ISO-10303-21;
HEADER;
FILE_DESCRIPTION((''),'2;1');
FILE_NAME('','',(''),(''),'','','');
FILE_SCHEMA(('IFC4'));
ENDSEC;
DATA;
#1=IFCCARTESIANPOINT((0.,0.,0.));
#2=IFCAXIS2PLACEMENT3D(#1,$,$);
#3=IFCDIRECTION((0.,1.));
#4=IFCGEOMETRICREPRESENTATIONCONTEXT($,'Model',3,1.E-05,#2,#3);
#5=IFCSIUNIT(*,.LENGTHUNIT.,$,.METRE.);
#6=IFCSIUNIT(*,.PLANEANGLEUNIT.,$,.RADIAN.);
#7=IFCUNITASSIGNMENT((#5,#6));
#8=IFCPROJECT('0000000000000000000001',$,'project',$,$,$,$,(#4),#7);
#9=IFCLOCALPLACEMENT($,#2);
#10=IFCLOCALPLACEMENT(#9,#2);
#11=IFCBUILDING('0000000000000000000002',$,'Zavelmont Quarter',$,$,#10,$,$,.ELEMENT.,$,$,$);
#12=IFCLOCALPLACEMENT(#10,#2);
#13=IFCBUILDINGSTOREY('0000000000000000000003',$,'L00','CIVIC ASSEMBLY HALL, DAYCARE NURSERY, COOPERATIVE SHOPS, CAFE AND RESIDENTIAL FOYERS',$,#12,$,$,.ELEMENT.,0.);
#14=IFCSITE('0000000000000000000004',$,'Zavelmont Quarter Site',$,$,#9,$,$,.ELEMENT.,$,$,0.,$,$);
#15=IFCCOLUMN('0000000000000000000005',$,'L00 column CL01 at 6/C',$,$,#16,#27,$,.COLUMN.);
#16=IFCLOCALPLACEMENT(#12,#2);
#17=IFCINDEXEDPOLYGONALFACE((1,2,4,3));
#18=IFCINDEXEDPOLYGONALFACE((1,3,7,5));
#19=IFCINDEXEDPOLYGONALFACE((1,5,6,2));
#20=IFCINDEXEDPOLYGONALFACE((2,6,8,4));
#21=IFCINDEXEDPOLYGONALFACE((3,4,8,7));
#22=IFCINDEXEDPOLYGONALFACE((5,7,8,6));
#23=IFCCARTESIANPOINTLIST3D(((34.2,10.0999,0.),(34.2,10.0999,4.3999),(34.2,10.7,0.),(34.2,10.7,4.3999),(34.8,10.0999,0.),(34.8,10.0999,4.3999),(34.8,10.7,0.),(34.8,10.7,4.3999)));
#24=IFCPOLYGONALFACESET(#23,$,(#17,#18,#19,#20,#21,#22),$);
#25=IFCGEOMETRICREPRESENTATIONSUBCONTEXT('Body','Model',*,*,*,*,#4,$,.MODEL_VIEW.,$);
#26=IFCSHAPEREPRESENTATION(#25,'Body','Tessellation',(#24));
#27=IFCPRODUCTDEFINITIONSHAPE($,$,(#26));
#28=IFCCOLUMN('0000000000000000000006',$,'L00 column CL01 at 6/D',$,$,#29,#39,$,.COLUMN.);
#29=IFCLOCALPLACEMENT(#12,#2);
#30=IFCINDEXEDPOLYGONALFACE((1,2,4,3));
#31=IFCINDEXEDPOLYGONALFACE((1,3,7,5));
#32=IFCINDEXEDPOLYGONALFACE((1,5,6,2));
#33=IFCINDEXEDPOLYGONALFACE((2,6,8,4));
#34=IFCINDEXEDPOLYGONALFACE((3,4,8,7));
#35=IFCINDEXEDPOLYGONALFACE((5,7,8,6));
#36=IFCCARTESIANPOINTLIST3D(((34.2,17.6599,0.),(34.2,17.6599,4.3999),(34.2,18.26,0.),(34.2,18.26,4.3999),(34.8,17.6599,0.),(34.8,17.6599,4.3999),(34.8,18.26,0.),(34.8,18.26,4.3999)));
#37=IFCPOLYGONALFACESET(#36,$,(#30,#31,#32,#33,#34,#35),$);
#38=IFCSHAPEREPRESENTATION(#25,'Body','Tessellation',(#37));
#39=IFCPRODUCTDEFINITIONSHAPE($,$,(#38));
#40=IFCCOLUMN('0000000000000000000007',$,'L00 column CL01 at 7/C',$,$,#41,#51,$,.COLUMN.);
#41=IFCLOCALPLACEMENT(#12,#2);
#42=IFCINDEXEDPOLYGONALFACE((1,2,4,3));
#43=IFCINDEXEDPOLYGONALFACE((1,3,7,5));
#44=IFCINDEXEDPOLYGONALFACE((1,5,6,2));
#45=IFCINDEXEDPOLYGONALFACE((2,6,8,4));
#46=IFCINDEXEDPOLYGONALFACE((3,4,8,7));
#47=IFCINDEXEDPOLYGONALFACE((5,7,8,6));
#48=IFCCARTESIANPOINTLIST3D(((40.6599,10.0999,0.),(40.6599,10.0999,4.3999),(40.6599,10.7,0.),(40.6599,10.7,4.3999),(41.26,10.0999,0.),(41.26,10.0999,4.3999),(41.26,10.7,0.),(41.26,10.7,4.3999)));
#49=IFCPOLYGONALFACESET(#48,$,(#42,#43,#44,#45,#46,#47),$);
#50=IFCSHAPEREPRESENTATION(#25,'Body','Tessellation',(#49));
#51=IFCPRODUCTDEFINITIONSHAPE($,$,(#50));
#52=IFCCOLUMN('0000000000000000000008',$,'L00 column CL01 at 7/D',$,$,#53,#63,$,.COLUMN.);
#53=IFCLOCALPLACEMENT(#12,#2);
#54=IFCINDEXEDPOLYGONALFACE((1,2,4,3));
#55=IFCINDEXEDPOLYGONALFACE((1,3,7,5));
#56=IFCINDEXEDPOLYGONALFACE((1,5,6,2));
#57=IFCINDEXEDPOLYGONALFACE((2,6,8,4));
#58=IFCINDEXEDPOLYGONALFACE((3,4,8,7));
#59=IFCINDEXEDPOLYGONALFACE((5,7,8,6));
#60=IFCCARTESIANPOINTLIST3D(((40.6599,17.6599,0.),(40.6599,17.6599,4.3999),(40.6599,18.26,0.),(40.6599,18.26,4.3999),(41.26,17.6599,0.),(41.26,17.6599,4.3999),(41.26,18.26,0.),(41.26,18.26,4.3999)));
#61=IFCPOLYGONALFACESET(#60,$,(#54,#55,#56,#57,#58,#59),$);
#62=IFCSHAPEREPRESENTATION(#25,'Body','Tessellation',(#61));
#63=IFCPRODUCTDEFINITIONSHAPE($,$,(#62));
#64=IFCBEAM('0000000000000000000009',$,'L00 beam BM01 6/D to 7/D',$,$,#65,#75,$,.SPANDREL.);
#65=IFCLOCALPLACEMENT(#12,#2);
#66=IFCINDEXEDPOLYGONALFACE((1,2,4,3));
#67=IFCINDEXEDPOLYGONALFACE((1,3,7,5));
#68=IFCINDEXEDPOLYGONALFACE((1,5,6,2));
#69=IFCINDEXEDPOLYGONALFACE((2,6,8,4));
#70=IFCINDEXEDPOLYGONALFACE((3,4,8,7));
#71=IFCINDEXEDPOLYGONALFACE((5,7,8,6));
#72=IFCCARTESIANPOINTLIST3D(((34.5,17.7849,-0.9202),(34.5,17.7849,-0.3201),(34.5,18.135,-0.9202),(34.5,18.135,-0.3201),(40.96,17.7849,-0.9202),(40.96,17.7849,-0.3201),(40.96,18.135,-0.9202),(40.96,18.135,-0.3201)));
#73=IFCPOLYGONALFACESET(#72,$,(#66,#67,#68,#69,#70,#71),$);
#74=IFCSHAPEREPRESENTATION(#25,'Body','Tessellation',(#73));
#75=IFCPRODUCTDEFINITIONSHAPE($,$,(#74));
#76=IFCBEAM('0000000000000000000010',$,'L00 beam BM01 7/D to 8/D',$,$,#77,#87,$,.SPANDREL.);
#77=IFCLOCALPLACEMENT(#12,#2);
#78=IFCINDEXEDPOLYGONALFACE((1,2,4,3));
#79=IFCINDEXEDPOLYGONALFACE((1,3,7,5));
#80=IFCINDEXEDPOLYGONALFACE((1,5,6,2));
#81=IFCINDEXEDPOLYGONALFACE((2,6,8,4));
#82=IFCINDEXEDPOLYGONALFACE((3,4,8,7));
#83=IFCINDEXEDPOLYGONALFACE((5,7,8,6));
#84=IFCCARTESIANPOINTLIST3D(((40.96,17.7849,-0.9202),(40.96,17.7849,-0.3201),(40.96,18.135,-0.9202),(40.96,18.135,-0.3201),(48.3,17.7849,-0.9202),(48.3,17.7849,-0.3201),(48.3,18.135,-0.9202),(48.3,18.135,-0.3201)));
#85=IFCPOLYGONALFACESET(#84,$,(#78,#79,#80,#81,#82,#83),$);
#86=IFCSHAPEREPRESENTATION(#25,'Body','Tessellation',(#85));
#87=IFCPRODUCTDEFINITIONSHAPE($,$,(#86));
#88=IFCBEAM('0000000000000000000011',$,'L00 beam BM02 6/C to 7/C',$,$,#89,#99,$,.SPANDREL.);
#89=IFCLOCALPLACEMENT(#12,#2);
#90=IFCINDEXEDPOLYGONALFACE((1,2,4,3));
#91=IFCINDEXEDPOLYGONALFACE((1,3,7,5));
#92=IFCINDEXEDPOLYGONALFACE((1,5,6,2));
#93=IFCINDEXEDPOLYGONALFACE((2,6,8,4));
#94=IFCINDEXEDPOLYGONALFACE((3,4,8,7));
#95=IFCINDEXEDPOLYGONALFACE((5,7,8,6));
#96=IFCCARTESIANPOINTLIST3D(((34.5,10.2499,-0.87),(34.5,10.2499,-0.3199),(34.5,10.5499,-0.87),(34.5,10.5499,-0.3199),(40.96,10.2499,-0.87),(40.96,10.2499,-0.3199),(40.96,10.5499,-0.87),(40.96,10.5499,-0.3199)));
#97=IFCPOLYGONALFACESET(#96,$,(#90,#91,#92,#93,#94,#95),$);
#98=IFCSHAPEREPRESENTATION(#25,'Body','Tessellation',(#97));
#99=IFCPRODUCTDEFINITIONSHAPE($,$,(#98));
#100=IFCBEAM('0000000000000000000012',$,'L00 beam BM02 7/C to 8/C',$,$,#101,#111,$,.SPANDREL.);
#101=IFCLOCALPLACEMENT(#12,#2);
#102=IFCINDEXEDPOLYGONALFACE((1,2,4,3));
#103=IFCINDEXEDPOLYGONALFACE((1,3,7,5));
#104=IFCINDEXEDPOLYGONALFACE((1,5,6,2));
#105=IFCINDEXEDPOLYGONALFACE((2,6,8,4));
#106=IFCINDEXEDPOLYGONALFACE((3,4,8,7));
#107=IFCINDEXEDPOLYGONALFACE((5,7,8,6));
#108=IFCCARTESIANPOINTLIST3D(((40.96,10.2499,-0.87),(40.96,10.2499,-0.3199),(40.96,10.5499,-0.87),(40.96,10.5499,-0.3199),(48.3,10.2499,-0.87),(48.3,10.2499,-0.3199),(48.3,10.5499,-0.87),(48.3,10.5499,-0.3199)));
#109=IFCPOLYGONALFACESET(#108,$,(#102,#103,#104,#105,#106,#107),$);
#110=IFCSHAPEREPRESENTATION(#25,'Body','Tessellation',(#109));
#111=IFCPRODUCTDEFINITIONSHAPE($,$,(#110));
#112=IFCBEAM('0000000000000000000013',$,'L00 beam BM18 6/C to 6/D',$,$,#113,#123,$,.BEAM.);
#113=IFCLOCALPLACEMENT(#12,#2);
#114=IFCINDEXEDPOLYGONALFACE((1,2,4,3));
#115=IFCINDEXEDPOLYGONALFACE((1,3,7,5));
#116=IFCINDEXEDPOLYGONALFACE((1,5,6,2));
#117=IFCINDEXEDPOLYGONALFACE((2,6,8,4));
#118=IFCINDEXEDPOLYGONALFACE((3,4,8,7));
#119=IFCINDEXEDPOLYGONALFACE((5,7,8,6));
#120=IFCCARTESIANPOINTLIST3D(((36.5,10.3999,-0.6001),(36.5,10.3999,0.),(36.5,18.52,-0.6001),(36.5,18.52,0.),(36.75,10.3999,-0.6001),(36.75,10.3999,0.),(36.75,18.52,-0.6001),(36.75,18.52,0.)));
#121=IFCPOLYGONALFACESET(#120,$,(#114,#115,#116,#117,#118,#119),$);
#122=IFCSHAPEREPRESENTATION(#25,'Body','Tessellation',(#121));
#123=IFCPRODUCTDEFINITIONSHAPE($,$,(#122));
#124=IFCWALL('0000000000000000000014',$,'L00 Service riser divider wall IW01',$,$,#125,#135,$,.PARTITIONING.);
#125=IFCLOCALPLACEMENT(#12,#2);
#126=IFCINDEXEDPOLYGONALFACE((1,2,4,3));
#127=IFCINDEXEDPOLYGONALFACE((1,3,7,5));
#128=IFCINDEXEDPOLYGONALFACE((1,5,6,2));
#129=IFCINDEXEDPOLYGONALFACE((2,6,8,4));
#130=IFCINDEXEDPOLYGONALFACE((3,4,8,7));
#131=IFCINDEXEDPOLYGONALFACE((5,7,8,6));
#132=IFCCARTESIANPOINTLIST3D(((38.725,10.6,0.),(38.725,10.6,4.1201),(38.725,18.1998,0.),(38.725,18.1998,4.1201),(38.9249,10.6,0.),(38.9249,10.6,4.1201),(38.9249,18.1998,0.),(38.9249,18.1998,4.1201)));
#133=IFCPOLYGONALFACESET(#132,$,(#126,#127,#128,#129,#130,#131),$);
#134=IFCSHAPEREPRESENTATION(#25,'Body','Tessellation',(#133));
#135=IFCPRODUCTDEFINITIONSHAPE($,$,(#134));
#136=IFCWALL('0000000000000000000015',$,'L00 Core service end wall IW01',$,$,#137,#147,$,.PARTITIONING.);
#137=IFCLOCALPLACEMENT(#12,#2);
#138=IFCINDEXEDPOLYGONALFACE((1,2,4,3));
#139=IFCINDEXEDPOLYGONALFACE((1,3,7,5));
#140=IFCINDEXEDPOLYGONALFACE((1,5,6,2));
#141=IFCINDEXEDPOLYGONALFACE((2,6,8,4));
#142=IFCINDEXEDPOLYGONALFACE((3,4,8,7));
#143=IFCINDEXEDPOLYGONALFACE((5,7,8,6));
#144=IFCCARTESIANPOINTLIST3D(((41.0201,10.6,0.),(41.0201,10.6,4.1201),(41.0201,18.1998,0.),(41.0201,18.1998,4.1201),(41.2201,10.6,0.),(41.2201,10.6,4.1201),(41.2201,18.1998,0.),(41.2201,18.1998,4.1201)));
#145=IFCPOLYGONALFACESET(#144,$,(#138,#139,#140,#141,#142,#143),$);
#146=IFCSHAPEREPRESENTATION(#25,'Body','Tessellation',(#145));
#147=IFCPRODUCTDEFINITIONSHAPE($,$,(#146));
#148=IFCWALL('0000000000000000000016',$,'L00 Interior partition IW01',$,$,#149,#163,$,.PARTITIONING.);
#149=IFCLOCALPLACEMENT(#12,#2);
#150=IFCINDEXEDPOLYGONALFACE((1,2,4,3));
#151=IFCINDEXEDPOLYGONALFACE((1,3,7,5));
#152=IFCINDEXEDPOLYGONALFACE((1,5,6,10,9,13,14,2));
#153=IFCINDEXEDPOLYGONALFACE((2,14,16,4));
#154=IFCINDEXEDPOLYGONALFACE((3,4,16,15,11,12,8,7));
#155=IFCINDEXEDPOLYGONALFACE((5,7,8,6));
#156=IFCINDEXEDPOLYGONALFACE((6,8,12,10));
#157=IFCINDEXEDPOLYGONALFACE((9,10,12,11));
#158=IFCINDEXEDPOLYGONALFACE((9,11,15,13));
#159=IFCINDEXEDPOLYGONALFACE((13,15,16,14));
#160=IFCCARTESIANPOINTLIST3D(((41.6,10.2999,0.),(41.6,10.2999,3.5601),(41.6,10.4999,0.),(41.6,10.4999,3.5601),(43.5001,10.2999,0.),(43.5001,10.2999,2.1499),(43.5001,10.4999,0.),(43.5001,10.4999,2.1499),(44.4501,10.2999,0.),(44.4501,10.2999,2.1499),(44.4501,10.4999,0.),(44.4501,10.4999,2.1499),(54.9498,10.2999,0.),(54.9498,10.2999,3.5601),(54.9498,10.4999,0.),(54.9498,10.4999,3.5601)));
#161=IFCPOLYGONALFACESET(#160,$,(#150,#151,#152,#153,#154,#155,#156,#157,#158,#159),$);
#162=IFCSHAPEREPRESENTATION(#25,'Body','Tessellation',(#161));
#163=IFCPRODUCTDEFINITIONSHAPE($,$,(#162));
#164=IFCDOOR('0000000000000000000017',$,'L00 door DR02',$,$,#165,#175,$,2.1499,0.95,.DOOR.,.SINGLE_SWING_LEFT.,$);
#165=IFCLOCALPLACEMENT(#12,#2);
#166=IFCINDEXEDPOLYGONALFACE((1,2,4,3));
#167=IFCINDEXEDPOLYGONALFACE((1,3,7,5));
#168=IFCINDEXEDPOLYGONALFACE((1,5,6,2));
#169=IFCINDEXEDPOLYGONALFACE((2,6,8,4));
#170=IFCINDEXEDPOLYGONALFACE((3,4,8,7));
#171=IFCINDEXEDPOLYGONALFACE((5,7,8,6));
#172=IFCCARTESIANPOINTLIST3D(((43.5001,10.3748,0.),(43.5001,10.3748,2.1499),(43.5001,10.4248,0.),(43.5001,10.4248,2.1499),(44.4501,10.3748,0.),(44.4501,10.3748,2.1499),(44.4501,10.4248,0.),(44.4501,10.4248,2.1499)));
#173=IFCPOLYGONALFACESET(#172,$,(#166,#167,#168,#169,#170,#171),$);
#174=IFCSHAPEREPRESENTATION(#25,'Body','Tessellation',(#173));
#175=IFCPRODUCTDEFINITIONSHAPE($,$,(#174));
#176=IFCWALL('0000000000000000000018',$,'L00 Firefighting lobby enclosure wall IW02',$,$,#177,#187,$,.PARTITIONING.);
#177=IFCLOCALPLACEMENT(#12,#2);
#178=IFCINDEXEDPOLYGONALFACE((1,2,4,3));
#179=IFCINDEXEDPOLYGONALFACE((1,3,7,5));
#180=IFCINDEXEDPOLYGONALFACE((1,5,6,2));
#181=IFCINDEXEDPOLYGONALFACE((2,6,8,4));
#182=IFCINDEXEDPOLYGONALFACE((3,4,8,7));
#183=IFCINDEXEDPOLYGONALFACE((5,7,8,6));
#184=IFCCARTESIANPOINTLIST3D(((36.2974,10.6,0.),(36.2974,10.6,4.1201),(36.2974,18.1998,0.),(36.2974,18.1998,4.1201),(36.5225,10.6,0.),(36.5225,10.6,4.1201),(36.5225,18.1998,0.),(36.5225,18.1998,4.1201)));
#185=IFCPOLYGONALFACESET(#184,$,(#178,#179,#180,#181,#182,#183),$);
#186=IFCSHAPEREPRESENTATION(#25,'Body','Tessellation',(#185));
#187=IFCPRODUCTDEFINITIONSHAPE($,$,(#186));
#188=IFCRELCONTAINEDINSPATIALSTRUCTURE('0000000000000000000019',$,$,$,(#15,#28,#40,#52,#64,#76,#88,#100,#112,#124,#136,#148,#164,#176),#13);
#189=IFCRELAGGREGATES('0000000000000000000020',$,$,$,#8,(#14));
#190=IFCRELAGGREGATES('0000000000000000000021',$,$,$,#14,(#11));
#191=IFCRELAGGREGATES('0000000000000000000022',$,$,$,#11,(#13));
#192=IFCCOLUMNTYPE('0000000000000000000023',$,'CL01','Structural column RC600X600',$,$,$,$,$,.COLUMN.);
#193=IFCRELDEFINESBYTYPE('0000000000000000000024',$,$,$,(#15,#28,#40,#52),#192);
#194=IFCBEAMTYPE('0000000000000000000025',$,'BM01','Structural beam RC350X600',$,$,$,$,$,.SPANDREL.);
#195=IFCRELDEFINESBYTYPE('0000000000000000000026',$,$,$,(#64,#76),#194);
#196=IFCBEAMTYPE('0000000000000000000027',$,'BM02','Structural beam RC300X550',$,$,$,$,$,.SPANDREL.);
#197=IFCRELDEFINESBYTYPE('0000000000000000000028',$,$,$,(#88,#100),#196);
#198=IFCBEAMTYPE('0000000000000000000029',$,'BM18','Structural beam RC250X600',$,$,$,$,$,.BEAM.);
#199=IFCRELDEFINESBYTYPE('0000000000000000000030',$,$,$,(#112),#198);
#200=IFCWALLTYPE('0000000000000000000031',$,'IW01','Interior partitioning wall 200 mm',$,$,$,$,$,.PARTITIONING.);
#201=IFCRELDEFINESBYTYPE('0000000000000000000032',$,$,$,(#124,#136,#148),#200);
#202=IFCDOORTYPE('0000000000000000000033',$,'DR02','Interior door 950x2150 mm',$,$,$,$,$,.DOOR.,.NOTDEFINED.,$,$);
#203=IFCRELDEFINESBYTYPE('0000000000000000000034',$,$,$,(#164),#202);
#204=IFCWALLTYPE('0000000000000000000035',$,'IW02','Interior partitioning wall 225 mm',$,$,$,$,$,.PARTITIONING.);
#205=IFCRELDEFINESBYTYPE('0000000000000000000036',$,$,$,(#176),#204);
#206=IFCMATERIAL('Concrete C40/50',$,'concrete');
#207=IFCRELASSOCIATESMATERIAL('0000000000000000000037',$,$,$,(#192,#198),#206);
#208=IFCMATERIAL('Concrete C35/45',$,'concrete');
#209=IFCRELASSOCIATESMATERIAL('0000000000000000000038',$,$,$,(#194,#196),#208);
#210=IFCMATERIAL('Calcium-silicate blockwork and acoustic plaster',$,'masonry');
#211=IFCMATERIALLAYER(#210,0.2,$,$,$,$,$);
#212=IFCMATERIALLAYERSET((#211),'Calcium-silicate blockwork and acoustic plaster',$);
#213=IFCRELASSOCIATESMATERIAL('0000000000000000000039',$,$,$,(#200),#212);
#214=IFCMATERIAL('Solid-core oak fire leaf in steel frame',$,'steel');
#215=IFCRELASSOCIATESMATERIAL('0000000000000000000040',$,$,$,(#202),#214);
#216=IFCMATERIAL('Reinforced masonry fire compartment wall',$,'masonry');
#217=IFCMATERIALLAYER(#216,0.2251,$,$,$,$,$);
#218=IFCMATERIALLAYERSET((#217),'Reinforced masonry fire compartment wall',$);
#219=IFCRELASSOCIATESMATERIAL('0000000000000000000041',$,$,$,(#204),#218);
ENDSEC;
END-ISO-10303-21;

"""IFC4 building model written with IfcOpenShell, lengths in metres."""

from ifc_helpers import new_model, si_unit, direction, frame, frame_2d, origin, origin_with_axes, origin_2d, place, context, subcontext, project, spatial, rectangle, extrude, material, layer, layer_set, material_profile, profile_set, type_object, element, fill, save


model = new_model("IFC4")

# Units and contexts
model_context = context("Model", 3, precision=1e-05, world=origin(), true_north=direction((0.0, 1.0)))
body_context = subcontext(model_context, "Body", "Model", "MODEL_VIEW")
ifc_project = project(units=[si_unit("LENGTHUNIT", "METRE"), si_unit("PLANEANGLEUNIT", "RADIAN")], contexts=[model_context])

# Site, building, storey
site_placement = place(None, origin())
site = spatial("IfcSite", under=ifc_project, at=site_placement, Name="Zavelmont Quarter Site", CompositionType="ELEMENT", RefElevation=0.0)
building_placement = place(site_placement, origin())
building = spatial("IfcBuilding", under=site, at=building_placement, Name="Zavelmont Quarter", CompositionType="ELEMENT")
storey_placement = place(building_placement, origin())
storey = spatial("IfcBuildingStorey", under=building, at=storey_placement, Name="L00", Description="CIVIC ASSEMBLY HALL, DAYCARE NURSERY, COOPERATIVE SHOPS, CAFE AND RESIDENTIAL FOYERS", CompositionType="ELEMENT", Elevation=0.0)

# Columns
ifc_material_1 = material(Name="Concrete C40/50", Category="concrete")
ifc_material_profile_1 = material_profile(ifc_material_1, rectangle(XDim=0.6001, YDim=0.6001, at=origin_2d()), Name="RC600X600")
ifc_profile_set_1 = profile_set([ifc_material_profile_1], Name="Concrete C40/50")
column_type = type_object("IfcColumnType", Name="CL01", Description="Structural column RC600X600", PredefinedType="COLUMN", material=ifc_profile_set_1)
for number, where, z_axis, x_axis, name in (
    (1, (34.5, 10.3999, 0.0), (0.0, 0.0, 1.0), (1.0, 0.0, 0.0), "L00 column CL01 at 6/C"),
    (2, (34.5, 17.96, 0.0), (0.0, 0.0, 1.0), (1.0, 0.0, 0.0), "L00 column CL01 at 6/D"),
    (3, (40.96, 10.3999, 0.0), (0.0, 0.0, 1.0), (1.0, 0.0, 0.0), "L00 column CL01 at 7/C"),
    (4, (40.96, 17.96, 0.0), (0.0, 0.0, 1.0), (1.0, 0.0, 0.0), "L00 column CL01 at 7/D"),
):
    element("IfcColumn", number, at=place(storey_placement, frame(where, z_axis=z_axis, x_axis=x_axis)), inside=storey, type_object=column_type, Name=name, PredefinedType="COLUMN", context=body_context, shape_type="SweptSolid", body=[
        extrude(rectangle(XDim=0.6001, YDim=0.6001, at=origin_2d()), origin(), (0.0, 0.0, 1.0), 4.3999),
    ])

# Beams
ifc_material_2 = material(Name="Concrete C35/45", Category="concrete")
ifc_material_profile_2 = material_profile(ifc_material_2, rectangle(XDim=0.3501, YDim=0.6001, at=origin_2d()), Name="RC350X600")
ifc_profile_set_2 = profile_set([ifc_material_profile_2], Name="Concrete C35/45")
beam_type_1 = type_object("IfcBeamType", Name="BM01", Description="Structural beam RC350X600", PredefinedType="SPANDREL", material=ifc_profile_set_2)
beam_1_placement = place(storey_placement, frame((34.5, 17.96, -0.6201), z_axis=(1.0, 0.0, 0.0), x_axis=(0.0, 1.0, 0.0)))
element("IfcBeam", 5, at=beam_1_placement, inside=storey, type_object=beam_type_1, Name="L00 beam BM01 6/D to 7/D", PredefinedType="SPANDREL", context=body_context, shape_type="SweptSolid", body=[
    extrude(rectangle(XDim=0.3501, YDim=0.6001, at=origin_2d()), origin(), (0.0, 0.0, 1.0), 6.46),
])
beam_2_placement = place(storey_placement, frame((40.96, 17.96, -0.6201), z_axis=(1.0, 0.0, 0.0), x_axis=(0.0, 1.0, 0.0)))
element("IfcBeam", 6, at=beam_2_placement, inside=storey, type_object=beam_type_1, Name="L00 beam BM01 7/D to 8/D", PredefinedType="SPANDREL", context=body_context, shape_type="SweptSolid", body=[
    extrude(rectangle(XDim=0.3501, YDim=0.6001, at=origin_2d()), origin(), (0.0, 0.0, 1.0), 7.3401),
])
ifc_material_profile_3 = material_profile(ifc_material_2, rectangle(XDim=0.3, YDim=0.55, at=origin_2d()), Name="RC300X550")
ifc_profile_set_3 = profile_set([ifc_material_profile_3], Name="Concrete C35/45")
beam_type_2 = type_object("IfcBeamType", Name="BM02", Description="Structural beam RC300X550", PredefinedType="SPANDREL", material=ifc_profile_set_3)
beam_3_placement = place(storey_placement, frame((34.5, 10.3999, -0.595), z_axis=(1.0, 0.0, 0.0), x_axis=(0.0, 1.0, 0.0)))
element("IfcBeam", 7, at=beam_3_placement, inside=storey, type_object=beam_type_2, Name="L00 beam BM02 6/C to 7/C", PredefinedType="SPANDREL", context=body_context, shape_type="SweptSolid", body=[
    extrude(rectangle(XDim=0.3, YDim=0.55, at=origin_2d()), origin(), (0.0, 0.0, 1.0), 6.46),
])
beam_4_placement = place(storey_placement, frame((40.96, 10.3999, -0.595), z_axis=(1.0, 0.0, 0.0), x_axis=(0.0, 1.0, 0.0)))
element("IfcBeam", 8, at=beam_4_placement, inside=storey, type_object=beam_type_2, Name="L00 beam BM02 7/C to 8/C", PredefinedType="SPANDREL", context=body_context, shape_type="SweptSolid", body=[
    extrude(rectangle(XDim=0.3, YDim=0.55, at=origin_2d()), origin(), (0.0, 0.0, 1.0), 7.3401),
])
ifc_material_profile_4 = material_profile(ifc_material_1, rectangle(XDim=0.25, YDim=0.6001, at=origin_2d()), Name="RC250X600")
ifc_profile_set_4 = profile_set([ifc_material_profile_4], Name="Concrete C40/50")
beam_type_3 = type_object("IfcBeamType", Name="BM18", Description="Structural beam RC250X600", PredefinedType="BEAM", material=ifc_profile_set_4)
beam_5_placement = place(storey_placement, frame((36.625, 10.3999, -0.3), z_axis=(0.0, 1.0, 0.0), x_axis=(-1.0, 0.0, 0.0)))
element("IfcBeam", 9, at=beam_5_placement, inside=storey, type_object=beam_type_3, Name="L00 beam BM18 6/C to 6/D", PredefinedType="BEAM", context=body_context, shape_type="SweptSolid", body=[
    extrude(rectangle(XDim=0.25, YDim=0.6001, at=origin_2d()), origin(), (0.0, 0.0, 1.0), 8.1201),
])

# Walls
ifc_material_3 = material(Name="Calcium-silicate blockwork and acoustic plaster", Category="masonry")
ifc_layer_1 = layer(ifc_material_3, 0.2)
ifc_layer_set_1 = layer_set([ifc_layer_1], Name="Calcium-silicate blockwork and acoustic plaster")
wall_type_1 = type_object("IfcWallType", Name="IW01", Description="Interior partitioning wall 200 mm", PredefinedType="PARTITIONING", material=ifc_layer_set_1)
for number, where, z_axis, x_axis, name in (
    (10, (38.825, 10.6001, 0.0), (0.0, 0.0, 1.0), (0.0, 1.0, 0.0), "L00 Service riser divider wall IW01"),
    (11, (41.1201, 10.6001, 0.0), (0.0, 0.0, 1.0), (0.0, 1.0, 0.0), "L00 Core service end wall IW01"),
):
    element("IfcWall", number, at=place(storey_placement, frame(where, z_axis=z_axis, x_axis=x_axis)), inside=storey, type_object=wall_type_1, Name=name, PredefinedType="PARTITIONING", context=body_context, shape_type="SweptSolid", body=[
        extrude(rectangle(XDim=7.5999, YDim=0.2, at=frame_2d((3.7998, 0.0))), origin(), (0.0, 0.0, 1.0), 4.1201),
    ])

# Wall, opening, door
wall_1_placement = place(storey_placement, frame((41.6001, 10.3999, 0.0), z_axis=(0.0, 0.0, 1.0), x_axis=(1.0, 0.0, 0.0)))
wall_1 = element("IfcWall", 12, at=wall_1_placement, inside=storey, type_object=wall_type_1, Name="L00 Interior partition IW01", PredefinedType="PARTITIONING", context=body_context, shape_type="SweptSolid", body=[
    extrude(rectangle(XDim=13.3499, YDim=0.2, at=frame_2d((6.6748, 0.0))), origin(), (0.0, 0.0, 1.0), 3.5601),
])
opening_placement = place(wall_1_placement, frame((1.8999, 0.0, 0.0)))
opening = element("IfcOpeningElement", 13, at=opening_placement, cuts=wall_1, PredefinedType="OPENING", context=body_context, shape_type="SweptSolid", body=[
    extrude(rectangle(XDim=0.95, YDim=2.1499, at=frame_2d((0.4751, 1.075))), frame((0.0, 0.1118, 0.0), z_axis=(0.0, -1.0, 0.0), x_axis=(1.0, 0.0, 0.0)), (0.0, 0.0, 1.0), 0.2239),
])
ifc_material_4 = material(Name="Solid-core oak fire leaf in steel frame", Category="steel")
door_type = type_object("IfcDoorType", Name="DR02", Description="Interior door 950x2150 mm", OperationType="NOTDEFINED", PredefinedType="DOOR", material=ifc_material_4)
door_placement = place(opening_placement, origin_with_axes())
door = element("IfcDoor", 14, at=door_placement, inside=storey, type_object=door_type, Name="L00 door DR02", OperationType="SINGLE_SWING_LEFT", OverallHeight=2.1499, OverallWidth=0.95, PredefinedType="DOOR", context=body_context, shape_type="SweptSolid", body=[
    extrude(rectangle(XDim=0.95, YDim=2.1499, at=frame_2d((0.4751, 1.075))), frame((0.0, 0.0249, 0.0), z_axis=(0.0, -1.0, 0.0), x_axis=(1.0, 0.0, 0.0)), (0.0, 0.0, 1.0), 0.05),
])
fill(opening, door)

# Wall
ifc_material_5 = material(Name="Reinforced masonry fire compartment wall", Category="masonry")
ifc_layer_2 = layer(ifc_material_5, 0.2251)
ifc_layer_set_2 = layer_set([ifc_layer_2], Name="Reinforced masonry fire compartment wall")
wall_type_2 = type_object("IfcWallType", Name="IW02", Description="Interior partitioning wall 225 mm", PredefinedType="PARTITIONING", material=ifc_layer_set_2)
wall_2_placement = place(storey_placement, frame((36.4099, 10.6001, 0.0), z_axis=(0.0, 0.0, 1.0), x_axis=(0.0, 1.0, 0.0)))
element("IfcWall", 15, at=wall_2_placement, inside=storey, type_object=wall_type_2, Name="L00 Firefighting lobby enclosure wall IW02", PredefinedType="PARTITIONING", context=body_context, shape_type="SweptSolid", body=[
    extrude(rectangle(XDim=7.5999, YDim=0.2251, at=frame_2d((3.7998, 0.0))), origin(), (0.0, 0.0, 1.0), 4.1201),
])

save(model, "model.ifc")
